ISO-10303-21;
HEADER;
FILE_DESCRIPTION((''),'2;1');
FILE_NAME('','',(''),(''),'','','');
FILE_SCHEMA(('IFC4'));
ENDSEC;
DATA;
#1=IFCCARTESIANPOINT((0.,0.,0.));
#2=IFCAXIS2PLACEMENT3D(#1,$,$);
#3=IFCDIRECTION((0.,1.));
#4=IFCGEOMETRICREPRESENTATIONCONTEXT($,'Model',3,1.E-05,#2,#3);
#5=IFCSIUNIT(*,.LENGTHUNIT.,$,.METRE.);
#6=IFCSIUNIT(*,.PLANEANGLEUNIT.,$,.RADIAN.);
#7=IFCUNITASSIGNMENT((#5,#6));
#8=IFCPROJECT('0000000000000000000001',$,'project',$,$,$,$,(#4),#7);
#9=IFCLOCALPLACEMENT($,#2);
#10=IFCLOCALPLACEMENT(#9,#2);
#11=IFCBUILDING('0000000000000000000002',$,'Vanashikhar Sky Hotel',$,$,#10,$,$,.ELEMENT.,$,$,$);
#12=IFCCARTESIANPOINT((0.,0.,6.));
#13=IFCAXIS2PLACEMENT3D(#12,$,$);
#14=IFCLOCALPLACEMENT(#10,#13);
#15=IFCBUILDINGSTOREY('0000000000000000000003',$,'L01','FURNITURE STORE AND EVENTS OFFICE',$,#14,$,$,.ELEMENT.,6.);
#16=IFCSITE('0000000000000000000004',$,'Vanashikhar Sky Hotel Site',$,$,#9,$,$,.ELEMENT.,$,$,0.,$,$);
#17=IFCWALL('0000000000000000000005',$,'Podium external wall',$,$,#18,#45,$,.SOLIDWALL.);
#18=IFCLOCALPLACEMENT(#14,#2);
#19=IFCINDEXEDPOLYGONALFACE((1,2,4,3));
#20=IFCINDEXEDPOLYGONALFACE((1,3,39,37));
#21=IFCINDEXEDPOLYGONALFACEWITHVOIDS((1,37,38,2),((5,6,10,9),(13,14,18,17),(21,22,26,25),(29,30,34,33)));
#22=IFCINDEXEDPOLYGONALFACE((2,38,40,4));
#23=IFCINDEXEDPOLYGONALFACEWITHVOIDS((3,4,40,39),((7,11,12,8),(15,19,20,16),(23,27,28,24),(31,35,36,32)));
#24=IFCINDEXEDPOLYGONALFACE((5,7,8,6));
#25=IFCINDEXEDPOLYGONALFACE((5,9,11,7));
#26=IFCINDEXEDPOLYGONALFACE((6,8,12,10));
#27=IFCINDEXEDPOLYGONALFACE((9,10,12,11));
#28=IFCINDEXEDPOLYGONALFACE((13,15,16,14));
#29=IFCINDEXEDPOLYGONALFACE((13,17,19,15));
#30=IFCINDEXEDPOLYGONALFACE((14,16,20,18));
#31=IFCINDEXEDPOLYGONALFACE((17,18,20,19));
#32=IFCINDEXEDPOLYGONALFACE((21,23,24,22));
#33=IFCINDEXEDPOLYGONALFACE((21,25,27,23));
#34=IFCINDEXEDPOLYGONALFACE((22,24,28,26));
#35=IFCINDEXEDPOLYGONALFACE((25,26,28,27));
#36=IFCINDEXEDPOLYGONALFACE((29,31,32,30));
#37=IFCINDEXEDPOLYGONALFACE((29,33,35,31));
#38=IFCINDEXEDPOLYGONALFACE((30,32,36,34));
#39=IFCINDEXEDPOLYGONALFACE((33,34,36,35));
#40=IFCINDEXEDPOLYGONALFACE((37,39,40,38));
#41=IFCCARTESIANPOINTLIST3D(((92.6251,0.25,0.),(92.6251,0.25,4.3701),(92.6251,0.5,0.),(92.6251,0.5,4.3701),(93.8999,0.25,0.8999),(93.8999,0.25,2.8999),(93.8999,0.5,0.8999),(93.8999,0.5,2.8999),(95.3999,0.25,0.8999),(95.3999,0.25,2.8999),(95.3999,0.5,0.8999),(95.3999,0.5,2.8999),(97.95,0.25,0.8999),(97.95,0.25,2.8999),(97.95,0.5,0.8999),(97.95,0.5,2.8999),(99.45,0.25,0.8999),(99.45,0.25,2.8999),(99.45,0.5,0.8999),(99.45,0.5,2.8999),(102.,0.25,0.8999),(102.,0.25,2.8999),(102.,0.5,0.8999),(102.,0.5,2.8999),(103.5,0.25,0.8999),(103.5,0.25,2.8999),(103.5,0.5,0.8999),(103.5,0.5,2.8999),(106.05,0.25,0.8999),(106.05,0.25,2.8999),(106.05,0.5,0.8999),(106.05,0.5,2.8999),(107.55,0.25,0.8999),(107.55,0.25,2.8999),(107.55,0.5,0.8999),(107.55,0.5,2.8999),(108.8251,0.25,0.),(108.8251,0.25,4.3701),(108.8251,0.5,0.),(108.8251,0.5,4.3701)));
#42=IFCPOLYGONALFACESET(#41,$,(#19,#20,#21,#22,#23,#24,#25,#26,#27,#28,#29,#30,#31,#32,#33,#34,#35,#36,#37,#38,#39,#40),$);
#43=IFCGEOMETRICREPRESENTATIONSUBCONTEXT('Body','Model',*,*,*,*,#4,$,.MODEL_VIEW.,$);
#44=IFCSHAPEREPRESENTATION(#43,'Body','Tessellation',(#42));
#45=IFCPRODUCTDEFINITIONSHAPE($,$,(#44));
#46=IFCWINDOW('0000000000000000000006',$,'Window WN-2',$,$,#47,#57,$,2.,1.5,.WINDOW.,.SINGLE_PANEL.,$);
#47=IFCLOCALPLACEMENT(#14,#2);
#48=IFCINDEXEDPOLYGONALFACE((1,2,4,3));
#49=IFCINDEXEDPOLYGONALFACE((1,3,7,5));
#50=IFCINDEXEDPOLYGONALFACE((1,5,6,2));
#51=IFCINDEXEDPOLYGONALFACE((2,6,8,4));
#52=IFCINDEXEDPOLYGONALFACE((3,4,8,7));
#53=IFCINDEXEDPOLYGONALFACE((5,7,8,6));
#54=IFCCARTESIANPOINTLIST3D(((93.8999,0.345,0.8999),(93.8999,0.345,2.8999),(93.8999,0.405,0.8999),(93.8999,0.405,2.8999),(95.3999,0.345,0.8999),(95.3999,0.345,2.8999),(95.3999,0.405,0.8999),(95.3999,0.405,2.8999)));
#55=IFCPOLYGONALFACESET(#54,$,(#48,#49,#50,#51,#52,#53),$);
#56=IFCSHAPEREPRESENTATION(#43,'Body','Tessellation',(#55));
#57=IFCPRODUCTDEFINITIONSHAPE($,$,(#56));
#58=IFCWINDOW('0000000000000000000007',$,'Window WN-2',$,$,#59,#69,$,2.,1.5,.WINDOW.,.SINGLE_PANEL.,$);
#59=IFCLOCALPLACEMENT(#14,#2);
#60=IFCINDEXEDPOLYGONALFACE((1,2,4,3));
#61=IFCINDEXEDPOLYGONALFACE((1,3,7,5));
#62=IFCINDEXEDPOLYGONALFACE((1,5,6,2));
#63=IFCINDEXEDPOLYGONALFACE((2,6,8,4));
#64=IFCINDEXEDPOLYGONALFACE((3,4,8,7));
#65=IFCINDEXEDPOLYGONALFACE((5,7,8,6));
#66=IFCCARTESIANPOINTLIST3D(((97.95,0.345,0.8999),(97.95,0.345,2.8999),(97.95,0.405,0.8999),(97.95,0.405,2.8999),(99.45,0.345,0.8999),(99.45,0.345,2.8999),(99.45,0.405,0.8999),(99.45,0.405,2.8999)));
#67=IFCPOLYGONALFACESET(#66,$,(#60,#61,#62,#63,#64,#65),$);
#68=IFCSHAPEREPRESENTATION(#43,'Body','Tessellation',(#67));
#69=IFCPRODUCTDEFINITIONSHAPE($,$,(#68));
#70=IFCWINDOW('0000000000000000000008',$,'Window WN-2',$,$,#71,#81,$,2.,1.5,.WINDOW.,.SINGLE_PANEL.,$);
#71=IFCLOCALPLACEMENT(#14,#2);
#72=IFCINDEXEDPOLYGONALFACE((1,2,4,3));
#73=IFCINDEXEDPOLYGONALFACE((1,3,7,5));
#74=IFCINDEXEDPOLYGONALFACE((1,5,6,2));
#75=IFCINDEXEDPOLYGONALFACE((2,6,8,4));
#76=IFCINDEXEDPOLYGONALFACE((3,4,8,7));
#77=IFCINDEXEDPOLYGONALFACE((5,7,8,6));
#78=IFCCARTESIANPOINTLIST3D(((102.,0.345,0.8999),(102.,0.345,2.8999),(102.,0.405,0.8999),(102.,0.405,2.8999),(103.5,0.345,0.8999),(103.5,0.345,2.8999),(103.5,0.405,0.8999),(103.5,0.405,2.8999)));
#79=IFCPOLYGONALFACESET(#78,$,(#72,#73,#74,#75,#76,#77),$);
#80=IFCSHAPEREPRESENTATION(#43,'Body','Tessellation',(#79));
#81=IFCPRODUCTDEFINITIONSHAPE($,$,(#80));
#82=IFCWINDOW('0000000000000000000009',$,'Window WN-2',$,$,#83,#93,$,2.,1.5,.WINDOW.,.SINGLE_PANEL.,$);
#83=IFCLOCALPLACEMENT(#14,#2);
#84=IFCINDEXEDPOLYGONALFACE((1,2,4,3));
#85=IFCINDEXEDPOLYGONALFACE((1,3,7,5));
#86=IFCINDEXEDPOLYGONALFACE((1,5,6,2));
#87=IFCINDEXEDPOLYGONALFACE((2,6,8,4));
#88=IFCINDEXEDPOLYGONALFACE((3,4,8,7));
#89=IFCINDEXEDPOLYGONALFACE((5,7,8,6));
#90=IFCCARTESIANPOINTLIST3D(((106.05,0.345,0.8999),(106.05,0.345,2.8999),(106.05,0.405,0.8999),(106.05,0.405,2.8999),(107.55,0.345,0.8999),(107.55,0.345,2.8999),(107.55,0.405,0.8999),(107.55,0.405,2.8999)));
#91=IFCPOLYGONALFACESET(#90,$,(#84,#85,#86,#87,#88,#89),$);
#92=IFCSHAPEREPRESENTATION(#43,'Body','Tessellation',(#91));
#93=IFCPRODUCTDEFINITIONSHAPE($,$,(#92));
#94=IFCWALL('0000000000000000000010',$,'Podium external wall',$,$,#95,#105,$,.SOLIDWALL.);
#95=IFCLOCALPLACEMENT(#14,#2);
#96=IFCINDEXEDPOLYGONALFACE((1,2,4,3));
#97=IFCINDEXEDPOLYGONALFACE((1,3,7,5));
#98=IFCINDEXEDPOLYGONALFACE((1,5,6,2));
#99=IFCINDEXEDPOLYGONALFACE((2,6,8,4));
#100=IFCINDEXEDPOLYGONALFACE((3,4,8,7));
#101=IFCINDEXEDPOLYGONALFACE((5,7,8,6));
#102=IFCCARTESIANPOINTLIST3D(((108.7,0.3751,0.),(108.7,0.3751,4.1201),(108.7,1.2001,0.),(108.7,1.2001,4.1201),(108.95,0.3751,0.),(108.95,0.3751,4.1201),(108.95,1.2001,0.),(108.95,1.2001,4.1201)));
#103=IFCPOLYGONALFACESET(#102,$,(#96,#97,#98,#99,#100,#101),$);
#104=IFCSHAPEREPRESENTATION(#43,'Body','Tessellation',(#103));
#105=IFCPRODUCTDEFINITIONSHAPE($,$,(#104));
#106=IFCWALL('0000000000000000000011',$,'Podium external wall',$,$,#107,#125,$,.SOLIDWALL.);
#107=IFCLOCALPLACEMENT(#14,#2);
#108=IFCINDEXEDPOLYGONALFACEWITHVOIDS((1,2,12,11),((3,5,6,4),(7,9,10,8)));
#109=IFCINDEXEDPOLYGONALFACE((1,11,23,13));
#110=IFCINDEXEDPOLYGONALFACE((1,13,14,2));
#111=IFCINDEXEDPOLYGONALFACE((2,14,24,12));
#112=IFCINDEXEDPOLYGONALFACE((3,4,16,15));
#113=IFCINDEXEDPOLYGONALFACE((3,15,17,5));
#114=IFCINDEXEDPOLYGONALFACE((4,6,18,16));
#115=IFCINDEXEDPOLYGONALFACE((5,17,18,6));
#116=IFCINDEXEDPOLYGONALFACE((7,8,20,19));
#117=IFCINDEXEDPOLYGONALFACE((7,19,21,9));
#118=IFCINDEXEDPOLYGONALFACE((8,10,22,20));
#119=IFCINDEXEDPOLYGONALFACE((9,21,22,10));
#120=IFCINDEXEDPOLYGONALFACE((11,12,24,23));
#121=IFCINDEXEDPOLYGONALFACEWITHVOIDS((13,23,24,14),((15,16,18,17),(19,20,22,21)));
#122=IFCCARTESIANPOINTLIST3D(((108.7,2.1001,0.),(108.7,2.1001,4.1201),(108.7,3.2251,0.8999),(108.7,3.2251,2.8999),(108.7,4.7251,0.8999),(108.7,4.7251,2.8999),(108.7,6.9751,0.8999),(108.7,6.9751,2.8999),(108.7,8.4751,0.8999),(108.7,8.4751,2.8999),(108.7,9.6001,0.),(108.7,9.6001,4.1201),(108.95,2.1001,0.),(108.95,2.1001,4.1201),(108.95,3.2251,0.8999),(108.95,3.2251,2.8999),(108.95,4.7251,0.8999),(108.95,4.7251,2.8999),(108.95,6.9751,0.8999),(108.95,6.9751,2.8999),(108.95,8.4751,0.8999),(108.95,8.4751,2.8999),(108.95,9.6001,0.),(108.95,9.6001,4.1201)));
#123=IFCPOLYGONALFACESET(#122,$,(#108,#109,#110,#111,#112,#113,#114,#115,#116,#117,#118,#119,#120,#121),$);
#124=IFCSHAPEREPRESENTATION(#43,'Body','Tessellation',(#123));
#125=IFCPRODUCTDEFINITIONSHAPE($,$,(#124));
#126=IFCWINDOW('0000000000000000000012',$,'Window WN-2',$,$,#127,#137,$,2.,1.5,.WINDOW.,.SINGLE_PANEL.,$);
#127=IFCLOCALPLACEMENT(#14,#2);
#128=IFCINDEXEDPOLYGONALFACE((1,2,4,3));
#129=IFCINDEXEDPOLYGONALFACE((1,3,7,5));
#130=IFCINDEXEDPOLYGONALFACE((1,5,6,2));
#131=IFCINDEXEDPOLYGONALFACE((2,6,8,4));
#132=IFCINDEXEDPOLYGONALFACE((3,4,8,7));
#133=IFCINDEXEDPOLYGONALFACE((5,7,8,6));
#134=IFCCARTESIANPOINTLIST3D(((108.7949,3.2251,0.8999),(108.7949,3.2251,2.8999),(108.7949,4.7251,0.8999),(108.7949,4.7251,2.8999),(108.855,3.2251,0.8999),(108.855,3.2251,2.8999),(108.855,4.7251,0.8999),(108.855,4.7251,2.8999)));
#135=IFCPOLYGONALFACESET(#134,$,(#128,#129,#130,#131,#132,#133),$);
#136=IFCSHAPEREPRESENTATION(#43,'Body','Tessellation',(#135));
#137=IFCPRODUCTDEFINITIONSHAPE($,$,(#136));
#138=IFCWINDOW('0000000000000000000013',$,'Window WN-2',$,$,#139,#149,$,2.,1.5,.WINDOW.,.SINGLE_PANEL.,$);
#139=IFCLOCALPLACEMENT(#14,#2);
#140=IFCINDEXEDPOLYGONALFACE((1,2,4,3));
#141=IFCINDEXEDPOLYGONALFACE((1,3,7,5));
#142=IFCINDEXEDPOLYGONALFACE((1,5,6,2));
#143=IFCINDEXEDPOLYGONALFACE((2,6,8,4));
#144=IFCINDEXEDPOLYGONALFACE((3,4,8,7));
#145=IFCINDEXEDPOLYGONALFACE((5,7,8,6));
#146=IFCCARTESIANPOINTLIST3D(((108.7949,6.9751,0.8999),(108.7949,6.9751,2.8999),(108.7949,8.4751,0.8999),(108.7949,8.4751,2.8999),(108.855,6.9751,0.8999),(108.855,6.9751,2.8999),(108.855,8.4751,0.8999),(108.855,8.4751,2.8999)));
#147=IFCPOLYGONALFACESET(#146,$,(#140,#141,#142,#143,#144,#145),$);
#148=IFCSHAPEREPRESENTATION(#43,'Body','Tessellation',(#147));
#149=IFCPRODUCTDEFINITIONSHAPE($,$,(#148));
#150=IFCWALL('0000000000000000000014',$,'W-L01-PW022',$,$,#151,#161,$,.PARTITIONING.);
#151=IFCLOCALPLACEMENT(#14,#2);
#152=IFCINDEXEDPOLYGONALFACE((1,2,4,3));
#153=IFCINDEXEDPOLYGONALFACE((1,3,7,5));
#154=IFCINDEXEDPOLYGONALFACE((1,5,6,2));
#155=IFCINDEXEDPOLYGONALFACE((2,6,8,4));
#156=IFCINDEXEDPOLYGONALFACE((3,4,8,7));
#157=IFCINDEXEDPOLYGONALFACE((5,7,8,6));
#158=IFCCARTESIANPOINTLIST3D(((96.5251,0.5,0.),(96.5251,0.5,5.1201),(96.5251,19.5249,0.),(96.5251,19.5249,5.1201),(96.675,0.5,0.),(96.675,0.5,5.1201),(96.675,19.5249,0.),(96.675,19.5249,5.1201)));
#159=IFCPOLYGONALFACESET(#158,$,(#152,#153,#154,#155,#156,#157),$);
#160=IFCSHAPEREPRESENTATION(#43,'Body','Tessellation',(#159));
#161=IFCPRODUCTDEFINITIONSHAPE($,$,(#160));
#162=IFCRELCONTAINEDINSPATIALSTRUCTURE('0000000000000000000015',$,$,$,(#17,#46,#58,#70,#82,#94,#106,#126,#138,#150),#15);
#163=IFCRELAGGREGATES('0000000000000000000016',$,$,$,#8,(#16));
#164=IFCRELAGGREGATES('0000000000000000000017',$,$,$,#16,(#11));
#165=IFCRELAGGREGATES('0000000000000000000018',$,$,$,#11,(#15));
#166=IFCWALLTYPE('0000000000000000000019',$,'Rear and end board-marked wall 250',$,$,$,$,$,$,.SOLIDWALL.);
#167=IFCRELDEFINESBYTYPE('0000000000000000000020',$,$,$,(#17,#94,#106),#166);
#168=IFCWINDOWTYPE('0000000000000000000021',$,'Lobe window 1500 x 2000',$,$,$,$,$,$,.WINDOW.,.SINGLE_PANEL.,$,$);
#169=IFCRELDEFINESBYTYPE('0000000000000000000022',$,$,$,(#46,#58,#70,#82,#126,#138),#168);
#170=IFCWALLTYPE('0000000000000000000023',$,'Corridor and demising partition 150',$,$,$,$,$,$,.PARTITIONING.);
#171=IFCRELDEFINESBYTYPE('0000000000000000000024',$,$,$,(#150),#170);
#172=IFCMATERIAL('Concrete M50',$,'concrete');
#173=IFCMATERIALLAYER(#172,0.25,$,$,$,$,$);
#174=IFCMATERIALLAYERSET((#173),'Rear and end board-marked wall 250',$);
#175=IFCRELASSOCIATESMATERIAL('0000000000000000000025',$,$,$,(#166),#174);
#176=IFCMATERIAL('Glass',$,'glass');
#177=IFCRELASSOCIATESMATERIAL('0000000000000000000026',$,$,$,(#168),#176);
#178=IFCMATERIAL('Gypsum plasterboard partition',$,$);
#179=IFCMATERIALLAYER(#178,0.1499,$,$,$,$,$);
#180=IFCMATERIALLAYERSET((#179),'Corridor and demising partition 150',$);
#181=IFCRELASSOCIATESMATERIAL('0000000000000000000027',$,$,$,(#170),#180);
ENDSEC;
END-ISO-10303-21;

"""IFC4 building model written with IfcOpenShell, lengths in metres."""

from ifc_helpers import new_model, si_unit, direction, frame, frame_2d, origin, place, context, subcontext, project, spatial, rectangle, extrude, source, transform, mapped, material, layer, layer_set, type_object, element, fill, save


model = new_model("IFC4")

# Units and contexts
model_context = context("Model", 3, precision=1e-05, world=origin(), true_north=direction((0.0, 1.0)))
body_context = subcontext(model_context, "Body", "Model", "MODEL_VIEW")
ifc_project = project(units=[si_unit("LENGTHUNIT", "METRE"), si_unit("PLANEANGLEUNIT", "RADIAN")], contexts=[model_context])

# Site, building, storey
site_placement = place(None, origin())
site = spatial("IfcSite", under=ifc_project, at=site_placement, Name="Vanashikhar Sky Hotel Site", CompositionType="ELEMENT", RefElevation=0.0)
building_placement = place(site_placement, origin())
building = spatial("IfcBuilding", under=site, at=building_placement, Name="Vanashikhar Sky Hotel", CompositionType="ELEMENT")
storey_placement = place(building_placement, frame((0.0, 0.0, 6.0)))
storey = spatial("IfcBuildingStorey", under=building, at=storey_placement, Name="L01", Description="FURNITURE STORE AND EVENTS OFFICE", CompositionType="ELEMENT", Elevation=6.0)

# Shared definitions
ifc_material_1 = material(Name="Concrete M50", Category="concrete")

# Shared definitions
ifc_layer_1 = layer(ifc_material_1, 0.25)
ifc_layer_set_1 = layer_set([ifc_layer_1], Name="Rear and end board-marked wall 250")
wall_type_1 = type_object("IfcWallType", Name="Rear and end board-marked wall 250", PredefinedType="SOLIDWALL", material=ifc_layer_set_1)
shared_shape_1 = source(origin(), body_context, "Body", "SweptSolid", [
    extrude(rectangle(XDim=1.5, YDim=2.0, at=frame_2d((0.75, 1.0))), frame((0.0, 0.135, 0.0), z_axis=(0.0, -1.0, 0.0), x_axis=(1.0, 0.0, 0.0)), (0.0, 0.0, 1.0), 0.27),
])
ifc_material_2 = material(Name="Glass", Category="glass")
window_type = type_object("IfcWindowType", Name="Lobe window 1500 x 2000", PartitioningType="SINGLE_PANEL", PredefinedType="WINDOW", material=ifc_material_2)
shared_shape_2 = source(origin(), body_context, "Body", "SweptSolid", [
    extrude(rectangle(XDim=1.5, YDim=2.0, at=frame_2d((0.75, 1.0))), frame((0.0, 0.03, 0.0), z_axis=(0.0, -1.0, 0.0), x_axis=(1.0, 0.0, 0.0)), (0.0, 0.0, 1.0), 0.0601),
])

# Wall, openings, windows
shared_shape_3 = source(origin(), body_context, "Body", "SweptSolid", [
    extrude(rectangle(XDim=16.2, YDim=0.25, at=frame_2d((8.1001, 0.0))), origin(), (0.0, 0.0, 1.0), 4.3701),
])
wall_1_placement = place(storey_placement, frame((92.625, 0.375, 0.0), z_axis=(0.0, 0.0, 1.0), x_axis=(1.0, 0.0, 0.0)))
wall_1 = element("IfcWall", 1, at=wall_1_placement, inside=storey, type_object=wall_type_1, Name="Podium external wall", PredefinedType="SOLIDWALL", context=body_context, shape_type="MappedRepresentation", body=[
    mapped(shared_shape_3, transform((0.0, 0.0, 0.0), scale=1.0)),
])
opening_1_placement = place(wall_1_placement, frame((1.2749, 0.0, 0.8999)))
opening_1 = element("IfcOpeningElement", 2, at=opening_1_placement, cuts=wall_1, PredefinedType="OPENING", context=body_context, shape_type="MappedRepresentation", body=[
    mapped(shared_shape_1, transform((0.0, 0.0, 0.0), scale=1.0)),
])
opening_2_placement = place(wall_1_placement, frame((5.325, 0.0, 0.8999)))
opening_2 = element("IfcOpeningElement", 3, at=opening_2_placement, cuts=wall_1, PredefinedType="OPENING", context=body_context, shape_type="MappedRepresentation", body=[
    mapped(shared_shape_1, transform((0.0, 0.0, 0.0), scale=1.0)),
])
opening_3_placement = place(wall_1_placement, frame((9.375, 0.0, 0.8999)))
opening_3 = element("IfcOpeningElement", 4, at=opening_3_placement, cuts=wall_1, PredefinedType="OPENING", context=body_context, shape_type="MappedRepresentation", body=[
    mapped(shared_shape_1, transform((0.0, 0.0, 0.0), scale=1.0)),
])
opening_4_placement = place(wall_1_placement, frame((13.425, 0.0, 0.8999)))
opening_4 = element("IfcOpeningElement", 5, at=opening_4_placement, cuts=wall_1, PredefinedType="OPENING", context=body_context, shape_type="MappedRepresentation", body=[
    mapped(shared_shape_1, transform((0.0, 0.0, 0.0), scale=1.0)),
])
window_1_placement = place(opening_1_placement, origin())
window_1 = element("IfcWindow", 6, at=window_1_placement, inside=storey, type_object=window_type, Name="Window WN-2", OverallHeight=2.0, OverallWidth=1.5, PartitioningType="SINGLE_PANEL", PredefinedType="WINDOW", context=body_context, shape_type="MappedRepresentation", body=[
    mapped(shared_shape_2, transform((0.0, 0.0, 0.0), scale=1.0)),
])
fill(opening_1, window_1)
window_2_placement = place(opening_2_placement, origin())
window_2 = element("IfcWindow", 7, at=window_2_placement, inside=storey, type_object=window_type, Name="Window WN-2", OverallHeight=2.0, OverallWidth=1.5, PartitioningType="SINGLE_PANEL", PredefinedType="WINDOW", context=body_context, shape_type="MappedRepresentation", body=[
    mapped(shared_shape_2, transform((0.0, 0.0, 0.0), scale=1.0)),
])
fill(opening_2, window_2)
window_3_placement = place(opening_3_placement, origin())
window_3 = element("IfcWindow", 8, at=window_3_placement, inside=storey, type_object=window_type, Name="Window WN-2", OverallHeight=2.0, OverallWidth=1.5, PartitioningType="SINGLE_PANEL", PredefinedType="WINDOW", context=body_context, shape_type="MappedRepresentation", body=[
    mapped(shared_shape_2, transform((0.0, 0.0, 0.0), scale=1.0)),
])
fill(opening_3, window_3)
window_4_placement = place(opening_4_placement, origin())
window_4 = element("IfcWindow", 9, at=window_4_placement, inside=storey, type_object=window_type, Name="Window WN-2", OverallHeight=2.0, OverallWidth=1.5, PartitioningType="SINGLE_PANEL", PredefinedType="WINDOW", context=body_context, shape_type="MappedRepresentation", body=[
    mapped(shared_shape_2, transform((0.0, 0.0, 0.0), scale=1.0)),
])
fill(opening_4, window_4)

# Wall
shared_shape_4 = source(origin(), body_context, "Body", "SweptSolid", [
    extrude(rectangle(XDim=0.825, YDim=0.25, at=frame_2d((0.4126, 0.0))), origin(), (0.0, 0.0, 1.0), 4.1201),
])
wall_2_placement = place(storey_placement, frame((108.825, 0.375, 0.0), z_axis=(0.0, 0.0, 1.0), x_axis=(0.0, 1.0, 0.0)))
element("IfcWall", 10, at=wall_2_placement, inside=storey, type_object=wall_type_1, Name="Podium external wall", PredefinedType="SOLIDWALL", context=body_context, shape_type="MappedRepresentation", body=[
    mapped(shared_shape_4, transform((0.0, 0.0, 0.0), scale=1.0)),
])

# Wall, openings, windows
shared_shape_5 = source(origin(), body_context, "Body", "SweptSolid", [
    extrude(rectangle(XDim=7.5, YDim=0.25, at=frame_2d((3.75, 0.0))), origin(), (0.0, 0.0, 1.0), 4.1201),
])
wall_3_placement = place(storey_placement, frame((108.825, 2.1001, 0.0), z_axis=(0.0, 0.0, 1.0), x_axis=(0.0, 1.0, 0.0)))
wall_3 = element("IfcWall", 11, at=wall_3_placement, inside=storey, type_object=wall_type_1, Name="Podium external wall", PredefinedType="SOLIDWALL", context=body_context, shape_type="MappedRepresentation", body=[
    mapped(shared_shape_5, transform((0.0, 0.0, 0.0), scale=1.0)),
])
opening_5_placement = place(wall_3_placement, frame((1.125, 0.0, 0.8999)))
opening_5 = element("IfcOpeningElement", 12, at=opening_5_placement, cuts=wall_3, PredefinedType="OPENING", context=body_context, shape_type="MappedRepresentation", body=[
    mapped(shared_shape_1, transform((0.0, 0.0, 0.0), scale=1.0)),
])
opening_6_placement = place(wall_3_placement, frame((4.875, 0.0, 0.8999)))
opening_6 = element("IfcOpeningElement", 13, at=opening_6_placement, cuts=wall_3, PredefinedType="OPENING", context=body_context, shape_type="MappedRepresentation", body=[
    mapped(shared_shape_1, transform((0.0, 0.0, 0.0), scale=1.0)),
])
window_5_placement = place(opening_5_placement, origin())
window_5 = element("IfcWindow", 14, at=window_5_placement, inside=storey, type_object=window_type, Name="Window WN-2", OverallHeight=2.0, OverallWidth=1.5, PartitioningType="SINGLE_PANEL", PredefinedType="WINDOW", context=body_context, shape_type="MappedRepresentation", body=[
    mapped(shared_shape_2, transform((0.0, 0.0, 0.0), scale=1.0)),
])
fill(opening_5, window_5)
window_6_placement = place(opening_6_placement, origin())
window_6 = element("IfcWindow", 15, at=window_6_placement, inside=storey, type_object=window_type, Name="Window WN-2", OverallHeight=2.0, OverallWidth=1.5, PartitioningType="SINGLE_PANEL", PredefinedType="WINDOW", context=body_context, shape_type="MappedRepresentation", body=[
    mapped(shared_shape_2, transform((0.0, 0.0, 0.0), scale=1.0)),
])
fill(opening_6, window_6)

# Wall
ifc_material_3 = material(Name="Gypsum plasterboard partition")
ifc_layer_2 = layer(ifc_material_3, 0.1499)
ifc_layer_set_2 = layer_set([ifc_layer_2], Name="Corridor and demising partition 150")
wall_type_2 = type_object("IfcWallType", Name="Corridor and demising partition 150", PredefinedType="PARTITIONING", material=ifc_layer_set_2)
shared_shape_6 = source(origin(), body_context, "Body", "SweptSolid", [
    extrude(rectangle(XDim=19.0249, YDim=0.1499, at=frame_2d((9.5125, 0.0))), origin(), (0.0, 0.0, 1.0), 5.1201),
])
wall_4_placement = place(storey_placement, frame((96.6001, 0.5, 0.0), z_axis=(0.0, 0.0, 1.0), x_axis=(0.0, 1.0, 0.0)))
element("IfcWall", 16, at=wall_4_placement, inside=storey, type_object=wall_type_2, Name="W-L01-PW022", PredefinedType="PARTITIONING", context=body_context, shape_type="MappedRepresentation", body=[
    mapped(shared_shape_6, transform((0.0, 0.0, 0.0), scale=1.0)),
])

save(model, "model.ifc")
